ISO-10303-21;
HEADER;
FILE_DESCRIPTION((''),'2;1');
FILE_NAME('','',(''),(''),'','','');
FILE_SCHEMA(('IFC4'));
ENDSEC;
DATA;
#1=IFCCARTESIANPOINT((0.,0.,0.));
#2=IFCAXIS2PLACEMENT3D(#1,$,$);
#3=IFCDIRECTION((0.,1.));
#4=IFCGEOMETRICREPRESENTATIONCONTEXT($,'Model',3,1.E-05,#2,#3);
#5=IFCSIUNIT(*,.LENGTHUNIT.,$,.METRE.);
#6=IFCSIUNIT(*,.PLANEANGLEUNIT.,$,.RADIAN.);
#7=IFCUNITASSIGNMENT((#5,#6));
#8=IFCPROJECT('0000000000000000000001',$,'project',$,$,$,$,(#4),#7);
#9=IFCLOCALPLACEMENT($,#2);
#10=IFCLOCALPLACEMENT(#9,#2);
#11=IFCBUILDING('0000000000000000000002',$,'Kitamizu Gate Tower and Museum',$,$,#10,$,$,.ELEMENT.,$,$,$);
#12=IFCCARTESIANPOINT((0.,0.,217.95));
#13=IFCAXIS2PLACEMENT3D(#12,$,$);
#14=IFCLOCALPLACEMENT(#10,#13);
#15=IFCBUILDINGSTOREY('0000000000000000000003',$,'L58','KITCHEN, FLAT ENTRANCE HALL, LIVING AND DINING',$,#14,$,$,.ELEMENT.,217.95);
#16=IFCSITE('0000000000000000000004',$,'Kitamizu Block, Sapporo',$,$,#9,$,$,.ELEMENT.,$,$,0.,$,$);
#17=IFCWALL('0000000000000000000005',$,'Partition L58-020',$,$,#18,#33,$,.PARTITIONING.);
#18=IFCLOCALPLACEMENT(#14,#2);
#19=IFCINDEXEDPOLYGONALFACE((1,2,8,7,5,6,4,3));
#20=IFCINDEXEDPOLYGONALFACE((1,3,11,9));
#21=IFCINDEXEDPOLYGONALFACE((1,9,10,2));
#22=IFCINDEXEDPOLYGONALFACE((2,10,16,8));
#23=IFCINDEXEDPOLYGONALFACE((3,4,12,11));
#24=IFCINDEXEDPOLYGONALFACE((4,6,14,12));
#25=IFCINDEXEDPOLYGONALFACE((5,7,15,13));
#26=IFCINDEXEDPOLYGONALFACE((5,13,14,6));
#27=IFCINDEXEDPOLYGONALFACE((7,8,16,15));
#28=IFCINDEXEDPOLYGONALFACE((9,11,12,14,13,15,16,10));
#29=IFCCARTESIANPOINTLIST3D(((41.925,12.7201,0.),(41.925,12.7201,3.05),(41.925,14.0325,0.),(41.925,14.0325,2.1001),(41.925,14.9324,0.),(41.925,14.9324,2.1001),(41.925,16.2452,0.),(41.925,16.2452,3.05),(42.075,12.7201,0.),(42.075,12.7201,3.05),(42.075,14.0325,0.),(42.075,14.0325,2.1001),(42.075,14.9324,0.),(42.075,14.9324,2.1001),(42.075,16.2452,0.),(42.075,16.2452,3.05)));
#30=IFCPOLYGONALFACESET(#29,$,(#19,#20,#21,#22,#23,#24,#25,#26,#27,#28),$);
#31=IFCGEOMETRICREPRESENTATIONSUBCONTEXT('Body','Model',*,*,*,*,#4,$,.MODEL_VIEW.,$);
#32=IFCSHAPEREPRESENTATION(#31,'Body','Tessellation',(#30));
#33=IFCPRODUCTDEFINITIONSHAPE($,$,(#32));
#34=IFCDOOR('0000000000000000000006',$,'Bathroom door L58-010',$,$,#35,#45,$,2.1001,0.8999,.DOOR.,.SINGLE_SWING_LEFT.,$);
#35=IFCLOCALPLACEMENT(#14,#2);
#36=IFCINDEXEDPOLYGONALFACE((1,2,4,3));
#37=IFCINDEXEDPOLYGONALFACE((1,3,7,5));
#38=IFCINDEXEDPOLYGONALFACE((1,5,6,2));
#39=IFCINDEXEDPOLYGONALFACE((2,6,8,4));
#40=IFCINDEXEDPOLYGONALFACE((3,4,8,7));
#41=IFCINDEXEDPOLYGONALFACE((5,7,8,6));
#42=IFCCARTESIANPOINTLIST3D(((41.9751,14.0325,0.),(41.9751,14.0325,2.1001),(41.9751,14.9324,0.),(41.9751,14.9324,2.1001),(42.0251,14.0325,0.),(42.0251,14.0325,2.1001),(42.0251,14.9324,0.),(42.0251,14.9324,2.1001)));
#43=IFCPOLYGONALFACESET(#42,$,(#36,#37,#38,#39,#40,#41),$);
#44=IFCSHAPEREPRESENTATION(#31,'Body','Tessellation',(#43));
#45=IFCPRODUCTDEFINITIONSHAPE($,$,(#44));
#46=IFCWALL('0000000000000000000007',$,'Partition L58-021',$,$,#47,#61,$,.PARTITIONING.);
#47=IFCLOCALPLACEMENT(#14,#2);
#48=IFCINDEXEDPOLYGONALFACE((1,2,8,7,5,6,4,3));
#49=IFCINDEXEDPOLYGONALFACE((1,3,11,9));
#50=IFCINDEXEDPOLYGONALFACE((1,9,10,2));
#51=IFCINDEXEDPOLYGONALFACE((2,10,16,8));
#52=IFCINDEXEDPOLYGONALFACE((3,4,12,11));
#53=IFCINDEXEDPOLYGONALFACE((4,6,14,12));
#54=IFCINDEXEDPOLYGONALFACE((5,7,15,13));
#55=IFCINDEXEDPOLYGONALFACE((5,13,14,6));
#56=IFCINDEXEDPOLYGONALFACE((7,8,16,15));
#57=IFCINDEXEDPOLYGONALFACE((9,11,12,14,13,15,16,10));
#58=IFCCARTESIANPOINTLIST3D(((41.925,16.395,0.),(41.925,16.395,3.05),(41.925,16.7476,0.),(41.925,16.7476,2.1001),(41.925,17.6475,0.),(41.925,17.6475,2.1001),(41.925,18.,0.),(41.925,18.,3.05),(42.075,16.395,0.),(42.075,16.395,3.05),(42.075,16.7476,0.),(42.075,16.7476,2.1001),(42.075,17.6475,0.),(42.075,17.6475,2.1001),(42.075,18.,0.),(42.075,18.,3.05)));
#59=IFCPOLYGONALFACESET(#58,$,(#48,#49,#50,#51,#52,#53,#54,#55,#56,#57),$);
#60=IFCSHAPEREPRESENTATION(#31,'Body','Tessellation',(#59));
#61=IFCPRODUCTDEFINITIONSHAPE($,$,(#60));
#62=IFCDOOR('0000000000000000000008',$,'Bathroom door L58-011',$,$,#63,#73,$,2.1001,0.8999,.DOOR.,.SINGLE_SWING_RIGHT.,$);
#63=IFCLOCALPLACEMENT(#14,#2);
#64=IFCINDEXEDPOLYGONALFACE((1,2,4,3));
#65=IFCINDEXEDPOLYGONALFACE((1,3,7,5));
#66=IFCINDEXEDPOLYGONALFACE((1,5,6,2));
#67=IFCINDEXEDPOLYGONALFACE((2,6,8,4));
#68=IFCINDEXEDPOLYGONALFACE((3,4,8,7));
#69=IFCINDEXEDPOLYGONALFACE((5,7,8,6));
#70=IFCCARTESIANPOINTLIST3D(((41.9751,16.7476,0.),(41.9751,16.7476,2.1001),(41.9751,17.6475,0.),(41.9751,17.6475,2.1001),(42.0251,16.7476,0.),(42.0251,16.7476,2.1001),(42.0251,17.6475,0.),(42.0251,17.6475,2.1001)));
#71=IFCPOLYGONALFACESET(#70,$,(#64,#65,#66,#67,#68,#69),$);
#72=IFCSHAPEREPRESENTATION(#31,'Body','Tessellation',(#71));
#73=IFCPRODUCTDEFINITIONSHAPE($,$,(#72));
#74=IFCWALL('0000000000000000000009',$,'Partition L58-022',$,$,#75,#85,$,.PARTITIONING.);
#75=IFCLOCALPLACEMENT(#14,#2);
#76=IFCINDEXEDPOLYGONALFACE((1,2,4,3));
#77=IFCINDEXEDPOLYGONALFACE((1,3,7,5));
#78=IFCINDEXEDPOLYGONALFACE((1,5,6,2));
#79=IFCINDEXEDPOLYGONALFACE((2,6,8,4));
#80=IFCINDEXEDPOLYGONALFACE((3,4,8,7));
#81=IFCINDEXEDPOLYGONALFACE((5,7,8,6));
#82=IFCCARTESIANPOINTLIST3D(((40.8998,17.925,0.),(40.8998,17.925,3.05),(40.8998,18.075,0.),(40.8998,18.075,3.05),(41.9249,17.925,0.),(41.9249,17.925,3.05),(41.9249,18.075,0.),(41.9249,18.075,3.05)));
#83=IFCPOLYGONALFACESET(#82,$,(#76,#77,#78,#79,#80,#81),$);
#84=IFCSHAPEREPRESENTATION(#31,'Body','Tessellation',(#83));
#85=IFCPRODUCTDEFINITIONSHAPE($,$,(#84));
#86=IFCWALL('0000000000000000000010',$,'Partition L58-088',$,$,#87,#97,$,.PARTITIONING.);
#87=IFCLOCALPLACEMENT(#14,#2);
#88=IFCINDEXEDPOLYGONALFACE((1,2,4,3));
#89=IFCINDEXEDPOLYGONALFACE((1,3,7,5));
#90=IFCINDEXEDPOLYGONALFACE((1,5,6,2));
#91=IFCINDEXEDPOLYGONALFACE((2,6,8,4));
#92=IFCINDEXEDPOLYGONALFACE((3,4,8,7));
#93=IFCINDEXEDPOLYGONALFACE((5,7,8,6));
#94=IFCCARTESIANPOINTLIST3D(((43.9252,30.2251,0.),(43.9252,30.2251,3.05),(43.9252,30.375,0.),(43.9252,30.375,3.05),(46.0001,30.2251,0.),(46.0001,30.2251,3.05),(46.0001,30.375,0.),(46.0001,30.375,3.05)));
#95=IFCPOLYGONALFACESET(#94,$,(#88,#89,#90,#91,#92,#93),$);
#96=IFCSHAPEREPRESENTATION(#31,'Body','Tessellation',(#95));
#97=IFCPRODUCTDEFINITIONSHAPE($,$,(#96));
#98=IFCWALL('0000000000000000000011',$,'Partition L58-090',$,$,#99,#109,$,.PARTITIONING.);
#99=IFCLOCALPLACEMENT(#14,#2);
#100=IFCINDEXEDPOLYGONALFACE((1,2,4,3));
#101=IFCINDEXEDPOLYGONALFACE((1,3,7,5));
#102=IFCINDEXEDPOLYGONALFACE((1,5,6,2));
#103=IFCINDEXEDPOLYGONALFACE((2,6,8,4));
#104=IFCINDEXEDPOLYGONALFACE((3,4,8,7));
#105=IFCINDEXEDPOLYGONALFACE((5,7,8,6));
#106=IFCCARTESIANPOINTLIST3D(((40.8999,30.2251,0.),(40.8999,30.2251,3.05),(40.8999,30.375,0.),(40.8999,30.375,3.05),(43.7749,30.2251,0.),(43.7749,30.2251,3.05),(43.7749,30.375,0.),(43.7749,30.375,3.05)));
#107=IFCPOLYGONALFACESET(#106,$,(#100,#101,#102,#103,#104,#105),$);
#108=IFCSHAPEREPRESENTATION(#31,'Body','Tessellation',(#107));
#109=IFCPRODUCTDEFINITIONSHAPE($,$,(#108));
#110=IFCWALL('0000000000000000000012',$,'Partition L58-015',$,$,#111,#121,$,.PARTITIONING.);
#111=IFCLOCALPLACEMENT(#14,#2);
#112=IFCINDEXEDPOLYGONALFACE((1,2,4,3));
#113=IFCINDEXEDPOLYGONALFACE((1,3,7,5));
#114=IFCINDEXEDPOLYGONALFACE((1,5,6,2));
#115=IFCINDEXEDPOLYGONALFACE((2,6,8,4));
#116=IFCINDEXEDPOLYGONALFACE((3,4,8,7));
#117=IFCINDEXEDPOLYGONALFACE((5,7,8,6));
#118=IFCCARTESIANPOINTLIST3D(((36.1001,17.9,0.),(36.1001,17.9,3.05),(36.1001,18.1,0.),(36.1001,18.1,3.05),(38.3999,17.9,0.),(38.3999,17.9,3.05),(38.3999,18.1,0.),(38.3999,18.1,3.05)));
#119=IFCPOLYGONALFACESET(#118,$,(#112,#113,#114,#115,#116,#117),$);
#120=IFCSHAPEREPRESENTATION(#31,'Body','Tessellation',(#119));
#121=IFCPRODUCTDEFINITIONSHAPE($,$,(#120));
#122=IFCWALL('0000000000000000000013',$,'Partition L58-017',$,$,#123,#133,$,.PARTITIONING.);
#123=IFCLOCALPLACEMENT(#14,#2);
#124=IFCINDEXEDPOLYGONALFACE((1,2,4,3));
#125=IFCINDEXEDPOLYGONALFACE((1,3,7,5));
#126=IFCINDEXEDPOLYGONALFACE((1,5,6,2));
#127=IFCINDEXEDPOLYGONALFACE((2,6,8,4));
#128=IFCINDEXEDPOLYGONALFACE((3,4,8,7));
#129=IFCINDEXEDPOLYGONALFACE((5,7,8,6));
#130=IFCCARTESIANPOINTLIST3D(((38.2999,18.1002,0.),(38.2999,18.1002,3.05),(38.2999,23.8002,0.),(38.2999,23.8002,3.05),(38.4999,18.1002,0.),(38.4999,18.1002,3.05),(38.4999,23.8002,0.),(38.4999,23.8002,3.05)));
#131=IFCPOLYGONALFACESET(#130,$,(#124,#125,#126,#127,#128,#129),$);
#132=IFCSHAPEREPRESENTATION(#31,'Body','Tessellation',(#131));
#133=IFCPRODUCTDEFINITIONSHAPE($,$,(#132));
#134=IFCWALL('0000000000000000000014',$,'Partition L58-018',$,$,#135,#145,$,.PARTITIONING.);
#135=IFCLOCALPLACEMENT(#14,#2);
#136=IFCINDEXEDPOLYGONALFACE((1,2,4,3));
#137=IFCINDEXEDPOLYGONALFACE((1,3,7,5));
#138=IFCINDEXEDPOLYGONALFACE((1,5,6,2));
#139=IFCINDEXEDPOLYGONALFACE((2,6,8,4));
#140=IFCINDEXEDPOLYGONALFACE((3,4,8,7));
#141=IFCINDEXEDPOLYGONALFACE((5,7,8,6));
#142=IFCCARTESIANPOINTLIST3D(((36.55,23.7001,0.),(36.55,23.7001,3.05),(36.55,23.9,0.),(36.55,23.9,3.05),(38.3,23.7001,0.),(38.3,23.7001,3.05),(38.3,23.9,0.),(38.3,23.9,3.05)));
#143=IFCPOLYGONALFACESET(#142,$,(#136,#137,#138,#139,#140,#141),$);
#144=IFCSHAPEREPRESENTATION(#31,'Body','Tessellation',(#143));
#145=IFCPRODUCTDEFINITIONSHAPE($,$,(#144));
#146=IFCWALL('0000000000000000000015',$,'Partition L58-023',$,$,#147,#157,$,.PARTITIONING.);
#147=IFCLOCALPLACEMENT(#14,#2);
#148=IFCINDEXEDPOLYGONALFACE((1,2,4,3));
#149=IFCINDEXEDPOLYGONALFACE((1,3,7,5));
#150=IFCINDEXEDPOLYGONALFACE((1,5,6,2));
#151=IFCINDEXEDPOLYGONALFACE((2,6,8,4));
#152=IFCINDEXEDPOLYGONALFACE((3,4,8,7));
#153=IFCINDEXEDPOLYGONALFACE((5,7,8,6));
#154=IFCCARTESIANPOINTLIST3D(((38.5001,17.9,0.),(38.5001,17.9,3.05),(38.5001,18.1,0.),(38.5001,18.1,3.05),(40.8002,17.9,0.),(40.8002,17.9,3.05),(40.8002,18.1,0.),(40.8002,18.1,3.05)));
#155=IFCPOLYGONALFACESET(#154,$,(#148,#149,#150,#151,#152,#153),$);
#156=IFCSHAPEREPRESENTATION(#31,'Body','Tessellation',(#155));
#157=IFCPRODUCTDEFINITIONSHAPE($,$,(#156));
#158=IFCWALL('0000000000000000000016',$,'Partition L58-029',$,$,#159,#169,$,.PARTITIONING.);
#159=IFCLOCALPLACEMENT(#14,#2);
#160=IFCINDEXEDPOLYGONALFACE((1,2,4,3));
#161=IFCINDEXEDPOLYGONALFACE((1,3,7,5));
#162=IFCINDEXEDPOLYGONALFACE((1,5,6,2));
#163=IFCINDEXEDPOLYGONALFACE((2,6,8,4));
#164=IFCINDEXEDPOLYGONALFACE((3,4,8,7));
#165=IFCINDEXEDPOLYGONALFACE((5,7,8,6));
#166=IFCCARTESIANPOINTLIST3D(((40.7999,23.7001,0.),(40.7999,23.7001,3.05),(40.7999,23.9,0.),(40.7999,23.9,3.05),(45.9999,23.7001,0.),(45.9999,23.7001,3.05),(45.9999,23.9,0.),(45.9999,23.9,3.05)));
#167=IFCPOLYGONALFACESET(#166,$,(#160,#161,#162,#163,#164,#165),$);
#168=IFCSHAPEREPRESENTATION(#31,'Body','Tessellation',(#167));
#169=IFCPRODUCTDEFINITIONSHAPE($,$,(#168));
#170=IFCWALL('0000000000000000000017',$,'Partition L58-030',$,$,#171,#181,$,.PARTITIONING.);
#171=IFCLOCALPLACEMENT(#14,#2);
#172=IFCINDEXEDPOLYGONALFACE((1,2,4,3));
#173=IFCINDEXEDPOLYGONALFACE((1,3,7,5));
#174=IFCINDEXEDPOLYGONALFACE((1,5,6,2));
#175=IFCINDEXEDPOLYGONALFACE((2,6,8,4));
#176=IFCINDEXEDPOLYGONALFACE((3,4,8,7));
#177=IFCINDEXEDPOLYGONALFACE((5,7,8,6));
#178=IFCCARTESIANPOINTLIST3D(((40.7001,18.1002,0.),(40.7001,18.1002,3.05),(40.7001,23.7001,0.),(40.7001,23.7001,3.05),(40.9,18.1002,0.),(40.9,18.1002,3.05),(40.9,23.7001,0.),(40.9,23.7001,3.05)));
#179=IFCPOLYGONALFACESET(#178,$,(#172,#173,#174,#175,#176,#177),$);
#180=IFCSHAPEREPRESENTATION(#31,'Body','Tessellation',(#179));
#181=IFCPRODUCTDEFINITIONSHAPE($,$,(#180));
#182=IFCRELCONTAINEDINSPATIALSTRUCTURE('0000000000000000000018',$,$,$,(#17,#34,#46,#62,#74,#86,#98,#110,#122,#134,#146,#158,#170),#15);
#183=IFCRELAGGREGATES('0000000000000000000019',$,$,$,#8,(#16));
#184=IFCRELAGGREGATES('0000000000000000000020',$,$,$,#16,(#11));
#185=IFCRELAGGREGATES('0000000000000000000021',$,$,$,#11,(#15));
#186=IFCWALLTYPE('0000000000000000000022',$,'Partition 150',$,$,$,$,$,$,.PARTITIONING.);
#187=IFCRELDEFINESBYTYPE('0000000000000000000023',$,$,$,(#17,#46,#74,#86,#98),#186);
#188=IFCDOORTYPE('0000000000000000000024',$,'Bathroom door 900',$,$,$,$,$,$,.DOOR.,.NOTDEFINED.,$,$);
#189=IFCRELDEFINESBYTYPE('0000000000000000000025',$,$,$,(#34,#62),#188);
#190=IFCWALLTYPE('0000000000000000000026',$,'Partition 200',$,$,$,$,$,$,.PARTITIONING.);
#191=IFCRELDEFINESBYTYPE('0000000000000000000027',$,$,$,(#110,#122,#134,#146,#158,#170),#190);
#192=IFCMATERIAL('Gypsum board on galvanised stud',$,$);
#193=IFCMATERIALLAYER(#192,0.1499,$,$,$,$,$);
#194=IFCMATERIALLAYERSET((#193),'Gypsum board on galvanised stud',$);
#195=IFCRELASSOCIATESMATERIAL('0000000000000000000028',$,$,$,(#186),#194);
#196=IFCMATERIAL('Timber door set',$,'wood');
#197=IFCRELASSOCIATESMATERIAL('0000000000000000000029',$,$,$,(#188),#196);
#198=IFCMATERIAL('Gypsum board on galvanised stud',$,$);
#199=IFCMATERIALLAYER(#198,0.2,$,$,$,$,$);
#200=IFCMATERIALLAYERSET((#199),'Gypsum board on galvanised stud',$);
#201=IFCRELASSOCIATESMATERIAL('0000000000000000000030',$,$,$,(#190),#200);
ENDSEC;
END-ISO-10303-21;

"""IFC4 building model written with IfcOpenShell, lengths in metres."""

from ifc_helpers import new_model, si_unit, direction, frame, frame_2d, origin, place, context, subcontext, project, spatial, rectangle, extrude, material, layer, layer_set, type_object, element, fill, save


model = new_model("IFC4")

# Units and contexts
model_context = context("Model", 3, precision=1e-05, world=origin(), true_north=direction((0.0, 1.0)))
body_context = subcontext(model_context, "Body", "Model", "MODEL_VIEW")
ifc_project = project(units=[si_unit("LENGTHUNIT", "METRE"), si_unit("PLANEANGLEUNIT", "RADIAN")], contexts=[model_context])

# Site, building, storey
site_placement = place(None, origin())
site = spatial("IfcSite", under=ifc_project, at=site_placement, Name="Kitamizu Block, Sapporo", CompositionType="ELEMENT", RefElevation=0.0)
building_placement = place(site_placement, origin())
building = spatial("IfcBuilding", under=site, at=building_placement, Name="Kitamizu Gate Tower and Museum", CompositionType="ELEMENT")
storey_placement = place(building_placement, frame((0.0, 0.0, 217.95)))
storey = spatial("IfcBuildingStorey", under=building, at=storey_placement, Name="L58", Description="KITCHEN, FLAT ENTRANCE HALL, LIVING AND DINING", CompositionType="ELEMENT", Elevation=217.95)

# Shared definitions
ifc_material_1 = material(Name="Gypsum board on galvanised stud")
ifc_layer_1 = layer(ifc_material_1, 0.1499)
ifc_layer_set_1 = layer_set([ifc_layer_1], Name="Gypsum board on galvanised stud")
wall_type_1 = type_object("IfcWallType", Name="Partition 150", PredefinedType="PARTITIONING", material=ifc_layer_set_1)

# Walls, openings, doors
wall_1_placement = place(storey_placement, frame((42.0, 12.72, 0.0), z_axis=(0.0, 0.0, 1.0), x_axis=(0.0, 1.0, 0.0)))
wall_1 = element("IfcWall", 1, at=wall_1_placement, inside=storey, type_object=wall_type_1, Name="Partition L58-020", PredefinedType="PARTITIONING", context=body_context, shape_type="SweptSolid", body=[
    extrude(rectangle(XDim=3.5251, YDim=0.1499, at=frame_2d((1.7627, 0.0))), origin(), (0.0, 0.0, 1.0), 3.05),
])
opening_1_placement = place(wall_1_placement, frame((1.3125, 0.0, 0.0)))
opening_1 = element("IfcOpeningElement", 2, at=opening_1_placement, cuts=wall_1, PredefinedType="OPENING", context=body_context, shape_type="SweptSolid", body=[
    extrude(rectangle(XDim=0.8999, YDim=2.1001, at=frame_2d((0.45, 1.05))), frame((0.0, 0.085, 0.0), z_axis=(0.0, -1.0, 0.0), x_axis=(1.0, 0.0, 0.0)), (0.0, 0.0, 1.0), 0.1699),
])
ifc_material_2 = material(Name="Timber door set", Category="wood")
door_type_1 = type_object("IfcDoorType", Name="Bathroom door 900", OperationType="NOTDEFINED", PredefinedType="DOOR", material=ifc_material_2)
door_1_placement = place(opening_1_placement, origin())
door_1 = element("IfcDoor", 3, at=door_1_placement, inside=storey, type_object=door_type_1, Name="Bathroom door L58-010", OperationType="SINGLE_SWING_LEFT", OverallHeight=2.1001, OverallWidth=0.8999, PredefinedType="DOOR", context=body_context, shape_type="SweptSolid", body=[
    extrude(rectangle(XDim=0.8999, YDim=2.1001, at=frame_2d((0.45, 1.05))), frame((0.0, 0.0249, 0.0), z_axis=(0.0, -1.0, 0.0), x_axis=(1.0, 0.0, 0.0)), (0.0, 0.0, 1.0), 0.05),
])
fill(opening_1, door_1)
wall_2_placement = place(storey_placement, frame((42.0, 16.395, 0.0), z_axis=(0.0, 0.0, 1.0), x_axis=(0.0, 1.0, 0.0)))
wall_2 = element("IfcWall", 4, at=wall_2_placement, inside=storey, type_object=wall_type_1, Name="Partition L58-021", PredefinedType="PARTITIONING", context=body_context, shape_type="SweptSolid", body=[
    extrude(rectangle(XDim=1.605, YDim=0.1499, at=frame_2d((0.8025, 0.0))), origin(), (0.0, 0.0, 1.0), 3.05),
])
opening_2_placement = place(wall_2_placement, frame((0.3525, 0.0, 0.0)))
opening_2 = element("IfcOpeningElement", 5, at=opening_2_placement, cuts=wall_2, PredefinedType="OPENING", context=body_context, shape_type="SweptSolid", body=[
    extrude(rectangle(XDim=0.8999, YDim=2.1001, at=frame_2d((0.45, 1.05))), frame((0.0, 0.085, 0.0), z_axis=(0.0, -1.0, 0.0), x_axis=(1.0, 0.0, 0.0)), (0.0, 0.0, 1.0), 0.1699),
])
door_2_placement = place(opening_2_placement, origin())
door_2 = element("IfcDoor", 6, at=door_2_placement, inside=storey, type_object=door_type_1, Name="Bathroom door L58-011", OperationType="SINGLE_SWING_RIGHT", OverallHeight=2.1001, OverallWidth=0.8999, PredefinedType="DOOR", context=body_context, shape_type="SweptSolid", body=[
    extrude(rectangle(XDim=0.8999, YDim=2.1001, at=frame_2d((0.45, 1.05))), frame((0.0, 0.0249, 0.0), z_axis=(0.0, -1.0, 0.0), x_axis=(1.0, 0.0, 0.0)), (0.0, 0.0, 1.0), 0.05),
])
fill(opening_2, door_2)

# Walls
wall_3_placement = place(storey_placement, frame((41.925, 18.0, 0.0), z_axis=(0.0, 0.0, 1.0), x_axis=(-1.0, 0.0, 0.0)))
element("IfcWall", 7, at=wall_3_placement, inside=storey, type_object=wall_type_1, Name="Partition L58-022", PredefinedType="PARTITIONING", context=body_context, shape_type="SweptSolid", body=[
    extrude(rectangle(XDim=1.0251, YDim=0.1499, at=frame_2d((0.5127, 0.0))), origin(), (0.0, 0.0, 1.0), 3.05),
])
wall_4_placement = place(storey_placement, frame((43.925, 30.3, 0.0), z_axis=(0.0, 0.0, 1.0), x_axis=(1.0, 0.0, 0.0)))
element("IfcWall", 8, at=wall_4_placement, inside=storey, type_object=wall_type_1, Name="Partition L58-088", PredefinedType="PARTITIONING", context=body_context, shape_type="SweptSolid", body=[
    extrude(rectangle(XDim=2.075, YDim=0.1499, at=frame_2d((1.0376, 0.0))), origin(), (0.0, 0.0, 1.0), 3.05),
])
wall_5_placement = place(storey_placement, frame((40.8999, 30.3, 0.0), z_axis=(0.0, 0.0, 1.0), x_axis=(1.0, 0.0, 0.0)))
element("IfcWall", 9, at=wall_5_placement, inside=storey, type_object=wall_type_1, Name="Partition L58-090", PredefinedType="PARTITIONING", context=body_context, shape_type="SweptSolid", body=[
    extrude(rectangle(XDim=2.875, YDim=0.1499, at=frame_2d((1.4375, 0.0))), origin(), (0.0, 0.0, 1.0), 3.05),
])
ifc_material_3 = material(Name="Gypsum board on galvanised stud")
ifc_layer_2 = layer(ifc_material_3, 0.2)
ifc_layer_set_2 = layer_set([ifc_layer_2], Name="Gypsum board on galvanised stud")
wall_type_2 = type_object("IfcWallType", Name="Partition 200", PredefinedType="PARTITIONING", material=ifc_layer_set_2)
wall_6_placement = place(storey_placement, frame((36.1001, 18.0, 0.0), z_axis=(0.0, 0.0, 1.0), x_axis=(1.0, 0.0, 0.0)))
element("IfcWall", 10, at=wall_6_placement, inside=storey, type_object=wall_type_2, Name="Partition L58-015", PredefinedType="PARTITIONING", context=body_context, shape_type="SweptSolid", body=[
    extrude(rectangle(XDim=2.2998, YDim=0.2, at=frame_2d((1.1499, 0.0))), origin(), (0.0, 0.0, 1.0), 3.05),
])
wall_7_placement = place(storey_placement, frame((38.3999, 18.1001, 0.0), z_axis=(0.0, 0.0, 1.0), x_axis=(0.0, 1.0, 0.0)))
element("IfcWall", 11, at=wall_7_placement, inside=storey, type_object=wall_type_2, Name="Partition L58-017", PredefinedType="PARTITIONING", context=body_context, shape_type="SweptSolid", body=[
    extrude(rectangle(XDim=5.7, YDim=0.2, at=frame_2d((2.8501, 0.0))), origin(), (0.0, 0.0, 1.0), 3.05),
])
wall_8_placement = place(storey_placement, frame((38.3, 23.8, 0.0), z_axis=(0.0, 0.0, 1.0), x_axis=(-1.0, 0.0, 0.0)))
element("IfcWall", 12, at=wall_8_placement, inside=storey, type_object=wall_type_2, Name="Partition L58-018", PredefinedType="PARTITIONING", context=body_context, shape_type="SweptSolid", body=[
    extrude(rectangle(XDim=1.75, YDim=0.2, at=frame_2d((0.875, 0.0))), origin(), (0.0, 0.0, 1.0), 3.05),
])
wall_9_placement = place(storey_placement, frame((40.8, 18.0, 0.0), z_axis=(0.0, 0.0, 1.0), x_axis=(-1.0, 0.0, 0.0)))
element("IfcWall", 13, at=wall_9_placement, inside=storey, type_object=wall_type_2, Name="Partition L58-023", PredefinedType="PARTITIONING", context=body_context, shape_type="SweptSolid", body=[
    extrude(rectangle(XDim=2.3, YDim=0.2, at=frame_2d((1.1499, 0.0))), origin(), (0.0, 0.0, 1.0), 3.05),
])
wall_10_placement = place(storey_placement, frame((46.0, 23.8, 0.0), z_axis=(0.0, 0.0, 1.0), x_axis=(-1.0, 0.0, 0.0)))
element("IfcWall", 14, at=wall_10_placement, inside=storey, type_object=wall_type_2, Name="Partition L58-029", PredefinedType="PARTITIONING", context=body_context, shape_type="SweptSolid", body=[
    extrude(rectangle(XDim=5.2, YDim=0.2, at=frame_2d((2.6001, 0.0))), origin(), (0.0, 0.0, 1.0), 3.05),
])
wall_11_placement = place(storey_placement, frame((40.8, 23.7, 0.0), z_axis=(0.0, 0.0, 1.0), x_axis=(0.0, -1.0, 0.0)))
element("IfcWall", 15, at=wall_11_placement, inside=storey, type_object=wall_type_2, Name="Partition L58-030", PredefinedType="PARTITIONING", context=body_context, shape_type="SweptSolid", body=[
    extrude(rectangle(XDim=5.5999, YDim=0.2, at=frame_2d((2.7998, 0.0))), origin(), (0.0, 0.0, 1.0), 3.05),
])

save(model, "model.ifc")
